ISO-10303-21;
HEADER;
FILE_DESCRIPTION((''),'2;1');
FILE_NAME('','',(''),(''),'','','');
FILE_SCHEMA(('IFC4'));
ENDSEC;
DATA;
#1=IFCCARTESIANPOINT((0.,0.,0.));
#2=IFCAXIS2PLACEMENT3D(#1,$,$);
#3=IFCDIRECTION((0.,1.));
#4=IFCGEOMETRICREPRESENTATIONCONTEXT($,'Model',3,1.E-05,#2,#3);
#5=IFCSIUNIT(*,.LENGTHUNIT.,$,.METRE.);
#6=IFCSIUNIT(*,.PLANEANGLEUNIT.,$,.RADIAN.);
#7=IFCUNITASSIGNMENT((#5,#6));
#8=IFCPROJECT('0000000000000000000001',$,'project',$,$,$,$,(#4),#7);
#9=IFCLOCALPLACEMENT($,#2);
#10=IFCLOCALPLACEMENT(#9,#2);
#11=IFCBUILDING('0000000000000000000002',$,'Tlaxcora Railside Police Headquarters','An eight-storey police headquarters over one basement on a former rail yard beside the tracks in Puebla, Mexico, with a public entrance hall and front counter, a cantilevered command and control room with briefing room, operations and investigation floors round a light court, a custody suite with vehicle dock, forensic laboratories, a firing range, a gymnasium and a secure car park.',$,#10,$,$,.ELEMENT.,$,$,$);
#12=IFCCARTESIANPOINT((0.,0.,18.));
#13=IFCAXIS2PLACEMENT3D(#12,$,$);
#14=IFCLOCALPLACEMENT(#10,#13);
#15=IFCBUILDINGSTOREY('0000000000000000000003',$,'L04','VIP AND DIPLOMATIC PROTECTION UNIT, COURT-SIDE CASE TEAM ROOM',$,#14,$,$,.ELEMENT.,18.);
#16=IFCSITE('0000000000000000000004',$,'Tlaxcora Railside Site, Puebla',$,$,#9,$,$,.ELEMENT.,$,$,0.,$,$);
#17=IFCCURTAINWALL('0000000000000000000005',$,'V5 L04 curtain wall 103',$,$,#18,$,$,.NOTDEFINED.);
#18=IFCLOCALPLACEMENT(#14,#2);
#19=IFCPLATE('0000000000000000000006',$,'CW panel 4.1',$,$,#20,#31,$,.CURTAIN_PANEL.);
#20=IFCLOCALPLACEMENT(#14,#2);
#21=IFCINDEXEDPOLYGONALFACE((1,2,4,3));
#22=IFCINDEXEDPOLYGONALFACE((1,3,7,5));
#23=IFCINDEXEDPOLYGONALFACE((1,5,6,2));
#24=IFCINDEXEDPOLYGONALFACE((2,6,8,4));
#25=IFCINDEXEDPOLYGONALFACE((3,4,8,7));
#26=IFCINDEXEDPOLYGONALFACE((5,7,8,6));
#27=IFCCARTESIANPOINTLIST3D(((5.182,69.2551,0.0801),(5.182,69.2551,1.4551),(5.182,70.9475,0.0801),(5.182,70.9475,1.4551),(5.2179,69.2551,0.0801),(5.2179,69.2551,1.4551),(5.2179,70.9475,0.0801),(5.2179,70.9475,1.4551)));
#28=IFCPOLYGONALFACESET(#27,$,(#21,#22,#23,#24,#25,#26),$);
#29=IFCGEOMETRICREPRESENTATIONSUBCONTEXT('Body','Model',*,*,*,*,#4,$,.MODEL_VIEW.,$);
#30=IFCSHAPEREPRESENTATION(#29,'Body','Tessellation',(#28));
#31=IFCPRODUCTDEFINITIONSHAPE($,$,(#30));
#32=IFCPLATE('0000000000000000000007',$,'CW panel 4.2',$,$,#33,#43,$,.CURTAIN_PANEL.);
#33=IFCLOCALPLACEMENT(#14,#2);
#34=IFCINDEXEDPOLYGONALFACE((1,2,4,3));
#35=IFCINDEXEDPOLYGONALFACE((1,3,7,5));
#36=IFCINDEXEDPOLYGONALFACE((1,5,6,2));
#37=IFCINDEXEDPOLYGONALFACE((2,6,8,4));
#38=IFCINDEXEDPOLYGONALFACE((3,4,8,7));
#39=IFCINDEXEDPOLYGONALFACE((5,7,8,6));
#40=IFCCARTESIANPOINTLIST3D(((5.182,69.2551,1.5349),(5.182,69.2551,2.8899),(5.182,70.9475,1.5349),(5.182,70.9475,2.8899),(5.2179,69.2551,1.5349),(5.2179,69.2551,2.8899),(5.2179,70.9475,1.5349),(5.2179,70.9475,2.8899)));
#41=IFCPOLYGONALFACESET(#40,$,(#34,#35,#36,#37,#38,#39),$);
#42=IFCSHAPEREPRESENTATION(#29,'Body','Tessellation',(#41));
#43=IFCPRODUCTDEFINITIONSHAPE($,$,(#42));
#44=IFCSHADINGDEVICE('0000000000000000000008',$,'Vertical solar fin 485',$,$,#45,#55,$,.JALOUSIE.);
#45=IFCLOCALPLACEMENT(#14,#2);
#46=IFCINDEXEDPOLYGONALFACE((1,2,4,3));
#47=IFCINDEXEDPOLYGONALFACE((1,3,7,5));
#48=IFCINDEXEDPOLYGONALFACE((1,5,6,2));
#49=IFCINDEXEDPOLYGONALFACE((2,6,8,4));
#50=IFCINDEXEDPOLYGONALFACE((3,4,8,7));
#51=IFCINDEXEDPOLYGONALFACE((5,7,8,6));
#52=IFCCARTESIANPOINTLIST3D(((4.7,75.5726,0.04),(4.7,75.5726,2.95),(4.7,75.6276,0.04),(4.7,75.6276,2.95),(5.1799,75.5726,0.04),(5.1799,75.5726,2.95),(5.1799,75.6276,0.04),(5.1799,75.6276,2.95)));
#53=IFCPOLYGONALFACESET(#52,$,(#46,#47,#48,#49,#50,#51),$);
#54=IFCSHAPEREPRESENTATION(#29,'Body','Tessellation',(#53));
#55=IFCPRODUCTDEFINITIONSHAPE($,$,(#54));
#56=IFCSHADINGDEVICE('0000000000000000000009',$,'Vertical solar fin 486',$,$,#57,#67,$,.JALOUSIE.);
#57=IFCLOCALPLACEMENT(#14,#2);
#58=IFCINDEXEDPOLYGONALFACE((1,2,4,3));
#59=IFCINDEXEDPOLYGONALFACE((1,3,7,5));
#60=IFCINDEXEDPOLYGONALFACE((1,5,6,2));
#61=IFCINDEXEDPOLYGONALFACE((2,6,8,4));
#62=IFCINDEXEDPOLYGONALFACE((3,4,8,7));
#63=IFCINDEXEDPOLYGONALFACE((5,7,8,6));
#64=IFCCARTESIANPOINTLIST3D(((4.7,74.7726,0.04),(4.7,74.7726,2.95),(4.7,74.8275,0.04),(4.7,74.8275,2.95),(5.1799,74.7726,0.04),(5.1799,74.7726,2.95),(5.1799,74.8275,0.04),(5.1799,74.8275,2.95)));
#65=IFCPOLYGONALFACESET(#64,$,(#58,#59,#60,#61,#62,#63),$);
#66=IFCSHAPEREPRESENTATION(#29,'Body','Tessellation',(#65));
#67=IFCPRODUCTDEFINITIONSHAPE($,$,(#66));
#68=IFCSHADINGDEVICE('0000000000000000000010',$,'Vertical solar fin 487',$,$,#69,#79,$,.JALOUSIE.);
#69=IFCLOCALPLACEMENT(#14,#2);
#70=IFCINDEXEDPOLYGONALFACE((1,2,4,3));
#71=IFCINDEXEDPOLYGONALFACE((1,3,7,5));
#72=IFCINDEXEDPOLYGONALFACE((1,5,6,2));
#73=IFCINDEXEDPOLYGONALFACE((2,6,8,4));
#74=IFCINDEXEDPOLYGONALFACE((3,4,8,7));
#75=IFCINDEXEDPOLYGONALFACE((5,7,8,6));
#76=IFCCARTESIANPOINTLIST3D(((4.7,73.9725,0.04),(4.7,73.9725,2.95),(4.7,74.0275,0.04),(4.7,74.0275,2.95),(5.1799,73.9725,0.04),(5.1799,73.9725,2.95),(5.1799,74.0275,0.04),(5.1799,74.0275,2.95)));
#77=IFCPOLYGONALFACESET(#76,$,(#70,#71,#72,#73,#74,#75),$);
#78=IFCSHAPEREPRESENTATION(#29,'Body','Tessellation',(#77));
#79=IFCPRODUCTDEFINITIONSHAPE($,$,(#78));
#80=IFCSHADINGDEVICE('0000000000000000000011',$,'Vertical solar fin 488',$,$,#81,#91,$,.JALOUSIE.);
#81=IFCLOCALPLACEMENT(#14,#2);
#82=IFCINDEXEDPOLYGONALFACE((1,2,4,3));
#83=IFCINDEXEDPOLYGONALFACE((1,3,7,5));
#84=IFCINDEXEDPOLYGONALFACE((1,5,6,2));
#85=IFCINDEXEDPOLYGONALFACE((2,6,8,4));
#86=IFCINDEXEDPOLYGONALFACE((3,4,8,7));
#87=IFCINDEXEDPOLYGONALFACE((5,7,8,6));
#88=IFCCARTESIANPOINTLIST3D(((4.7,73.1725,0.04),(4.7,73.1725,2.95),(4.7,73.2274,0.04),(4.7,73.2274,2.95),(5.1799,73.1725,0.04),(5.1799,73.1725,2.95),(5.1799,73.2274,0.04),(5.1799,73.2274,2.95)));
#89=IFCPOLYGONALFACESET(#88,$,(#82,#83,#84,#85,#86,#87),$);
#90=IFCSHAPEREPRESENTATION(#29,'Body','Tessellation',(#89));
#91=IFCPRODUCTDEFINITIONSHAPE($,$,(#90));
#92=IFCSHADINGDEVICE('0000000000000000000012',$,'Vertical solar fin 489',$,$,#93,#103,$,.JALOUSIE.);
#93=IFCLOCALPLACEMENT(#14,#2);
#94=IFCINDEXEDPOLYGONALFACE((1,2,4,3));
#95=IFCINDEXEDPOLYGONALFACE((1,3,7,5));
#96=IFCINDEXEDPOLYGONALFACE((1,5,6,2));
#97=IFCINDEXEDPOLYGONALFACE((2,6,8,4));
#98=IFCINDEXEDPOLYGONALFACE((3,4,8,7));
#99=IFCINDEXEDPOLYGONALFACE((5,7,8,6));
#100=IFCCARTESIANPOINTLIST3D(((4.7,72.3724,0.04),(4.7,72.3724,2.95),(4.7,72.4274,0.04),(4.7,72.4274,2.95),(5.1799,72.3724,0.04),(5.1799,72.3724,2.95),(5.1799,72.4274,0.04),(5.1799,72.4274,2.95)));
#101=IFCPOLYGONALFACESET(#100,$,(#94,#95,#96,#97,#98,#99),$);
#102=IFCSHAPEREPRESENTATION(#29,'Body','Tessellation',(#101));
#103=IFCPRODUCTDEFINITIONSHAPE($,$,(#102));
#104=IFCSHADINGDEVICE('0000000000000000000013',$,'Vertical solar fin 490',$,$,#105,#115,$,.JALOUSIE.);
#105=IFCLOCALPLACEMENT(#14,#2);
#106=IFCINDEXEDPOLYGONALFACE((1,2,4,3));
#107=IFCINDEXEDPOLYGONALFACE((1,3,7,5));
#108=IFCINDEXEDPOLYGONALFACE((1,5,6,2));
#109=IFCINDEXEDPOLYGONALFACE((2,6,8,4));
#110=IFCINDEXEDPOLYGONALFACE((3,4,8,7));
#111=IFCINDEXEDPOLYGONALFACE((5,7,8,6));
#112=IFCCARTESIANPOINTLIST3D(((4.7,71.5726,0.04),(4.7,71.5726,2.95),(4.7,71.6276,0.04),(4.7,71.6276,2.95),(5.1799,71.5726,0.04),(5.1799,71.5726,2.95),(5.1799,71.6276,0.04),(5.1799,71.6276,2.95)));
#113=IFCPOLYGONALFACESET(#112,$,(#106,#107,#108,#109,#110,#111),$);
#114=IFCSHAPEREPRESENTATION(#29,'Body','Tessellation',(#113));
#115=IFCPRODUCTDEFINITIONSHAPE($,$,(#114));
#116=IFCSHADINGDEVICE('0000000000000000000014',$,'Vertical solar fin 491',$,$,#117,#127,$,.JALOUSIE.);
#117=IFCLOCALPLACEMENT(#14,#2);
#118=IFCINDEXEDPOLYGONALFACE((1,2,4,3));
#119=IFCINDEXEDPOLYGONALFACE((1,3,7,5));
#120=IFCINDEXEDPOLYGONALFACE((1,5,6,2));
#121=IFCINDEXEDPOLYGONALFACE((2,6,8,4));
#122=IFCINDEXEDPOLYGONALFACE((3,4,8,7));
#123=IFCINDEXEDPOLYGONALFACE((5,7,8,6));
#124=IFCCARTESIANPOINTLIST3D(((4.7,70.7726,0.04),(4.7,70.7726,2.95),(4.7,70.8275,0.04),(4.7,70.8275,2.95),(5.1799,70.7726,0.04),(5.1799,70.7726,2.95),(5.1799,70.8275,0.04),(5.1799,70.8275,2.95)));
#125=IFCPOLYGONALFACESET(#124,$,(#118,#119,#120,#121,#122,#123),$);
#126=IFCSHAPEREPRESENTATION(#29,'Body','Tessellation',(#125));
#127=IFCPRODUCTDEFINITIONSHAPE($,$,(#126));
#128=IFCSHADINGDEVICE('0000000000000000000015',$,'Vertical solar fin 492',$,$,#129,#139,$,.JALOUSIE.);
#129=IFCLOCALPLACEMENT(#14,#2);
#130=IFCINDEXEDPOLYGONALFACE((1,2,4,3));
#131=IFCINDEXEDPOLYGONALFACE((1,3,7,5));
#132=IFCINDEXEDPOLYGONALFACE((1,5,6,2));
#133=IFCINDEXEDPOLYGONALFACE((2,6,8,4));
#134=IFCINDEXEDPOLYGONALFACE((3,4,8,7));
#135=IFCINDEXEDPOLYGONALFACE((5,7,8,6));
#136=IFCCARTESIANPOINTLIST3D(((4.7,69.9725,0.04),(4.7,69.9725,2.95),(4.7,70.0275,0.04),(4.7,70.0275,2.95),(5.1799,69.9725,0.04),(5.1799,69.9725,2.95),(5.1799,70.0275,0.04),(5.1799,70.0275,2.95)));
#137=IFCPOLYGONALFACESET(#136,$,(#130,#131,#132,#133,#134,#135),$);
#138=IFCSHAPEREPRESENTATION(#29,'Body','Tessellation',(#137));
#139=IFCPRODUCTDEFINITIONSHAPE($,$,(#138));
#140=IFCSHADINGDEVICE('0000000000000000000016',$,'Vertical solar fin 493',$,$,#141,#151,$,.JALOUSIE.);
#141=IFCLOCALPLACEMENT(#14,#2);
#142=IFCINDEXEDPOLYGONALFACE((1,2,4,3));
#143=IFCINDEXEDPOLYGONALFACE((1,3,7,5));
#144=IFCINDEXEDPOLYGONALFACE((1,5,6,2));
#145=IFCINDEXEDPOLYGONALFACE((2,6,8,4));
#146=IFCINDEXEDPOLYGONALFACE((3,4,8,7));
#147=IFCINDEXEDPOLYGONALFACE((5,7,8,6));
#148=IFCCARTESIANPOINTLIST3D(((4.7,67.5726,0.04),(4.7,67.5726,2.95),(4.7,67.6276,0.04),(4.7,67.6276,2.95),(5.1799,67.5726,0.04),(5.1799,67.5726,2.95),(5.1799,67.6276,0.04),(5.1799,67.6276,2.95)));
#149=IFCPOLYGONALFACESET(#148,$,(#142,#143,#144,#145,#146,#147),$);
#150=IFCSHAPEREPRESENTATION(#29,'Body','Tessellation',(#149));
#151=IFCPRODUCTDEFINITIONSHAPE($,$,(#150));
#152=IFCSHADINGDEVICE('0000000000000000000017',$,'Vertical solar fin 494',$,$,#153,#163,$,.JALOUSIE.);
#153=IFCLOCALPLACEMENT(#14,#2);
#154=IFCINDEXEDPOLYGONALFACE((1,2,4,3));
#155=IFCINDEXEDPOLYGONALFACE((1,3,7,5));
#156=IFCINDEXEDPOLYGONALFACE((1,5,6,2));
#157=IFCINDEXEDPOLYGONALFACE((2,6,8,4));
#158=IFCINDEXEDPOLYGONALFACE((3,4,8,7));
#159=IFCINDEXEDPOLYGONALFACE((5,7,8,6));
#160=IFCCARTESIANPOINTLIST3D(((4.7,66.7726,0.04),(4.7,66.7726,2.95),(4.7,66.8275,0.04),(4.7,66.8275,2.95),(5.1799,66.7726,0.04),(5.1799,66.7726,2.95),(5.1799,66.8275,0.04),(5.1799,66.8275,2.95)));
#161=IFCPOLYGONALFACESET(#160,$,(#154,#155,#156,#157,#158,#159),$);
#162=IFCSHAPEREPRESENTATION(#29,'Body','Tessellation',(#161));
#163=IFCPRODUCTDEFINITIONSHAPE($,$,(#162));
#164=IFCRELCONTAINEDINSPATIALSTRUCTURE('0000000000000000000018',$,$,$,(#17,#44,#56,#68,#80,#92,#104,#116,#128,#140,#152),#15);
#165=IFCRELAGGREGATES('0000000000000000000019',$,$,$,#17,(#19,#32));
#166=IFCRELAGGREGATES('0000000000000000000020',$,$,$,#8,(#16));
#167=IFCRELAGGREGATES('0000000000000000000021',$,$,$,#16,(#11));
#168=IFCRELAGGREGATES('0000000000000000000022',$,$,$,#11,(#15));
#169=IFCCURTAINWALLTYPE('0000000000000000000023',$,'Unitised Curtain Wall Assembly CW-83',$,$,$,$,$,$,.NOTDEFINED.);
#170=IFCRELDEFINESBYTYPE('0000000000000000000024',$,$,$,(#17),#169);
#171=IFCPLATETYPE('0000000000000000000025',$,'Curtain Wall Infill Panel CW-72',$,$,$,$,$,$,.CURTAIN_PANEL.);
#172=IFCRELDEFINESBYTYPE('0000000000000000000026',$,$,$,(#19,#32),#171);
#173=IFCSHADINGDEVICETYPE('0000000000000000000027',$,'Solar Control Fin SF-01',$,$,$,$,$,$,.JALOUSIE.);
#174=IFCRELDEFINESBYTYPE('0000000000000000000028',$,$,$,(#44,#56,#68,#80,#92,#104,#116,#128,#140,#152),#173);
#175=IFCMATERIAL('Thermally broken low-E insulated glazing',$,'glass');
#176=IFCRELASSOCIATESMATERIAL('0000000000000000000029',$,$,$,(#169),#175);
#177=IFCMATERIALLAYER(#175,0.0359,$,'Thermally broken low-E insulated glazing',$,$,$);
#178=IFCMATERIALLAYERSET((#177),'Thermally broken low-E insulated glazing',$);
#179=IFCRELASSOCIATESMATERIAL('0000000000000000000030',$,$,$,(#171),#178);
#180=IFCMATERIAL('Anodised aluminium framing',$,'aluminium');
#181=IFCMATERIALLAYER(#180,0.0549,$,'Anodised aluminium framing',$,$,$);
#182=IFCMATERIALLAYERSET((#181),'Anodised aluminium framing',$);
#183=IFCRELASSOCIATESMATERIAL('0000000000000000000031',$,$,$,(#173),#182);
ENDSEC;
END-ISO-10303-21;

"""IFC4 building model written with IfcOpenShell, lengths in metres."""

from ifc_helpers import new_model, si_unit, direction, frame, origin, origin_2d, place, context, subcontext, project, spatial, rectangle, extrude, material, layer, layer_set, type_object, element, aggregate, save


model = new_model("IFC4")

# Units and contexts
model_context = context("Model", 3, precision=1e-05, world=origin(), true_north=direction((0.0, 1.0)))
body_context = subcontext(model_context, "Body", "Model", "MODEL_VIEW")
ifc_project = project(units=[si_unit("LENGTHUNIT", "METRE"), si_unit("PLANEANGLEUNIT", "RADIAN")], contexts=[model_context])

# Site, building, storey
site_placement = place(None, origin())
site = spatial("IfcSite", under=ifc_project, at=site_placement, Name="Tlaxcora Railside Site, Puebla", CompositionType="ELEMENT", RefElevation=0.0)
building_placement = place(site_placement, origin())
building = spatial("IfcBuilding", under=site, at=building_placement, Name="Tlaxcora Railside Police Headquarters", Description="An eight-storey police headquarters over one basement on a former rail yard beside the tracks in Puebla, Mexico, with a public entrance hall and front counter, a cantilevered command and control room with briefing room, operations and investigation floors round a light court, a custody suite with vehicle dock, forensic laboratories, a firing range, a gymnasium and a secure car park.", CompositionType="ELEMENT")
storey_placement = place(building_placement, frame((0.0, 0.0, 18.0)))
storey = spatial("IfcBuildingStorey", under=building, at=storey_placement, Name="L04", Description="VIP AND DIPLOMATIC PROTECTION UNIT, COURT-SIDE CASE TEAM ROOM", CompositionType="ELEMENT", Elevation=18.0)

# Curtain wall
ifc_material_1 = material(Name="Thermally broken low-E insulated glazing", Category="glass")
ifc_material_2 = material(Name="Anodised aluminium framing", Category="aluminium")
curtain_wall_type_1 = type_object("IfcCurtainWallType", Name="Unitised Curtain Wall Assembly CW-83", PredefinedType="NOTDEFINED", material=ifc_material_1)
curtain_wall_1_placement = place(storey_placement, origin())
curtain_wall_1 = element("IfcCurtainWall", 1, at=curtain_wall_1_placement, inside=storey, type_object=curtain_wall_type_1, Name="V5 L04 curtain wall 103", PredefinedType="NOTDEFINED")

# Plates
ifc_layer_1 = layer(ifc_material_1, 0.0359, Name="Thermally broken low-E insulated glazing")
ifc_layer_set_1 = layer_set([ifc_layer_1], Name="Thermally broken low-E insulated glazing")
plate_type_1 = type_object("IfcPlateType", Name="Curtain Wall Infill Panel CW-72", PredefinedType="CURTAIN_PANEL", material=ifc_layer_set_1)
plate_1_placement = place(storey_placement, frame((5.2, 70.1013, 0.0801), z_axis=(0.0, 0.0, 1.0), x_axis=(0.0, -1.0, 0.0)))
plate_1 = element("IfcPlate", 2, at=plate_1_placement, type_object=plate_type_1, Name="CW panel 4.1", PredefinedType="CURTAIN_PANEL", context=body_context, shape_type="SweptSolid", body=[
    extrude(rectangle(XDim=1.6924, YDim=0.0359, at=origin_2d()), origin(), (0.0, 0.0, 1.0), 1.375),
])
plate_2_placement = place(storey_placement, frame((5.2, 70.1013, 1.5349), z_axis=(0.0, 0.0, 1.0), x_axis=(0.0, -1.0, 0.0)))
plate_2 = element("IfcPlate", 3, at=plate_2_placement, type_object=plate_type_1, Name="CW panel 4.2", PredefinedType="CURTAIN_PANEL", context=body_context, shape_type="SweptSolid", body=[
    extrude(rectangle(XDim=1.6924, YDim=0.0359, at=origin_2d()), origin(), (0.0, 0.0, 1.0), 1.355),
])
aggregate(curtain_wall_1, [plate_1, plate_2])

# Shading devices
ifc_layer_2 = layer(ifc_material_2, 0.0549, Name="Anodised aluminium framing")
ifc_layer_set_2 = layer_set([ifc_layer_2], Name="Anodised aluminium framing")
shading_device_type = type_object("IfcShadingDeviceType", Name="Solar Control Fin SF-01", PredefinedType="JALOUSIE", material=ifc_layer_set_2)
for number, where, z_axis, x_axis, name in (
    (4, (4.9399, 75.6001, 0.04), (0.0, 0.0, 1.0), (-1.0, 0.0, 0.0), "Vertical solar fin 485"),
    (5, (4.9399, 74.8, 0.04), (0.0, 0.0, 1.0), (-1.0, 0.0, 0.0), "Vertical solar fin 486"),
    (6, (4.9399, 74.0, 0.04), (0.0, 0.0, 1.0), (-1.0, 0.0, 0.0), "Vertical solar fin 487"),
    (7, (4.9399, 73.2, 0.04), (0.0, 0.0, 1.0), (-1.0, 0.0, 0.0), "Vertical solar fin 488"),
    (8, (4.9399, 72.3999, 0.04), (0.0, 0.0, 1.0), (-1.0, 0.0, 0.0), "Vertical solar fin 489"),
    (9, (4.9399, 71.6001, 0.04), (0.0, 0.0, 1.0), (-1.0, 0.0, 0.0), "Vertical solar fin 490"),
    (10, (4.9399, 70.8, 0.04), (0.0, 0.0, 1.0), (-1.0, 0.0, 0.0), "Vertical solar fin 491"),
    (11, (4.9399, 70.0, 0.04), (0.0, 0.0, 1.0), (-1.0, 0.0, 0.0), "Vertical solar fin 492"),
    (12, (4.9399, 67.6001, 0.04), (0.0, 0.0, 1.0), (-1.0, 0.0, 0.0), "Vertical solar fin 493"),
    (13, (4.9399, 66.8, 0.04), (0.0, 0.0, 1.0), (-1.0, 0.0, 0.0), "Vertical solar fin 494"),
):
    element("IfcShadingDevice", number, at=place(storey_placement, frame(where, z_axis=z_axis, x_axis=x_axis)), inside=storey, type_object=shading_device_type, Name=name, PredefinedType="JALOUSIE", context=body_context, shape_type="SweptSolid", body=[
        extrude(rectangle(XDim=0.48, YDim=0.0549, at=origin_2d()), origin(), (0.0, 0.0, 1.0), 2.9099),
    ])

save(model, "model.ifc")
